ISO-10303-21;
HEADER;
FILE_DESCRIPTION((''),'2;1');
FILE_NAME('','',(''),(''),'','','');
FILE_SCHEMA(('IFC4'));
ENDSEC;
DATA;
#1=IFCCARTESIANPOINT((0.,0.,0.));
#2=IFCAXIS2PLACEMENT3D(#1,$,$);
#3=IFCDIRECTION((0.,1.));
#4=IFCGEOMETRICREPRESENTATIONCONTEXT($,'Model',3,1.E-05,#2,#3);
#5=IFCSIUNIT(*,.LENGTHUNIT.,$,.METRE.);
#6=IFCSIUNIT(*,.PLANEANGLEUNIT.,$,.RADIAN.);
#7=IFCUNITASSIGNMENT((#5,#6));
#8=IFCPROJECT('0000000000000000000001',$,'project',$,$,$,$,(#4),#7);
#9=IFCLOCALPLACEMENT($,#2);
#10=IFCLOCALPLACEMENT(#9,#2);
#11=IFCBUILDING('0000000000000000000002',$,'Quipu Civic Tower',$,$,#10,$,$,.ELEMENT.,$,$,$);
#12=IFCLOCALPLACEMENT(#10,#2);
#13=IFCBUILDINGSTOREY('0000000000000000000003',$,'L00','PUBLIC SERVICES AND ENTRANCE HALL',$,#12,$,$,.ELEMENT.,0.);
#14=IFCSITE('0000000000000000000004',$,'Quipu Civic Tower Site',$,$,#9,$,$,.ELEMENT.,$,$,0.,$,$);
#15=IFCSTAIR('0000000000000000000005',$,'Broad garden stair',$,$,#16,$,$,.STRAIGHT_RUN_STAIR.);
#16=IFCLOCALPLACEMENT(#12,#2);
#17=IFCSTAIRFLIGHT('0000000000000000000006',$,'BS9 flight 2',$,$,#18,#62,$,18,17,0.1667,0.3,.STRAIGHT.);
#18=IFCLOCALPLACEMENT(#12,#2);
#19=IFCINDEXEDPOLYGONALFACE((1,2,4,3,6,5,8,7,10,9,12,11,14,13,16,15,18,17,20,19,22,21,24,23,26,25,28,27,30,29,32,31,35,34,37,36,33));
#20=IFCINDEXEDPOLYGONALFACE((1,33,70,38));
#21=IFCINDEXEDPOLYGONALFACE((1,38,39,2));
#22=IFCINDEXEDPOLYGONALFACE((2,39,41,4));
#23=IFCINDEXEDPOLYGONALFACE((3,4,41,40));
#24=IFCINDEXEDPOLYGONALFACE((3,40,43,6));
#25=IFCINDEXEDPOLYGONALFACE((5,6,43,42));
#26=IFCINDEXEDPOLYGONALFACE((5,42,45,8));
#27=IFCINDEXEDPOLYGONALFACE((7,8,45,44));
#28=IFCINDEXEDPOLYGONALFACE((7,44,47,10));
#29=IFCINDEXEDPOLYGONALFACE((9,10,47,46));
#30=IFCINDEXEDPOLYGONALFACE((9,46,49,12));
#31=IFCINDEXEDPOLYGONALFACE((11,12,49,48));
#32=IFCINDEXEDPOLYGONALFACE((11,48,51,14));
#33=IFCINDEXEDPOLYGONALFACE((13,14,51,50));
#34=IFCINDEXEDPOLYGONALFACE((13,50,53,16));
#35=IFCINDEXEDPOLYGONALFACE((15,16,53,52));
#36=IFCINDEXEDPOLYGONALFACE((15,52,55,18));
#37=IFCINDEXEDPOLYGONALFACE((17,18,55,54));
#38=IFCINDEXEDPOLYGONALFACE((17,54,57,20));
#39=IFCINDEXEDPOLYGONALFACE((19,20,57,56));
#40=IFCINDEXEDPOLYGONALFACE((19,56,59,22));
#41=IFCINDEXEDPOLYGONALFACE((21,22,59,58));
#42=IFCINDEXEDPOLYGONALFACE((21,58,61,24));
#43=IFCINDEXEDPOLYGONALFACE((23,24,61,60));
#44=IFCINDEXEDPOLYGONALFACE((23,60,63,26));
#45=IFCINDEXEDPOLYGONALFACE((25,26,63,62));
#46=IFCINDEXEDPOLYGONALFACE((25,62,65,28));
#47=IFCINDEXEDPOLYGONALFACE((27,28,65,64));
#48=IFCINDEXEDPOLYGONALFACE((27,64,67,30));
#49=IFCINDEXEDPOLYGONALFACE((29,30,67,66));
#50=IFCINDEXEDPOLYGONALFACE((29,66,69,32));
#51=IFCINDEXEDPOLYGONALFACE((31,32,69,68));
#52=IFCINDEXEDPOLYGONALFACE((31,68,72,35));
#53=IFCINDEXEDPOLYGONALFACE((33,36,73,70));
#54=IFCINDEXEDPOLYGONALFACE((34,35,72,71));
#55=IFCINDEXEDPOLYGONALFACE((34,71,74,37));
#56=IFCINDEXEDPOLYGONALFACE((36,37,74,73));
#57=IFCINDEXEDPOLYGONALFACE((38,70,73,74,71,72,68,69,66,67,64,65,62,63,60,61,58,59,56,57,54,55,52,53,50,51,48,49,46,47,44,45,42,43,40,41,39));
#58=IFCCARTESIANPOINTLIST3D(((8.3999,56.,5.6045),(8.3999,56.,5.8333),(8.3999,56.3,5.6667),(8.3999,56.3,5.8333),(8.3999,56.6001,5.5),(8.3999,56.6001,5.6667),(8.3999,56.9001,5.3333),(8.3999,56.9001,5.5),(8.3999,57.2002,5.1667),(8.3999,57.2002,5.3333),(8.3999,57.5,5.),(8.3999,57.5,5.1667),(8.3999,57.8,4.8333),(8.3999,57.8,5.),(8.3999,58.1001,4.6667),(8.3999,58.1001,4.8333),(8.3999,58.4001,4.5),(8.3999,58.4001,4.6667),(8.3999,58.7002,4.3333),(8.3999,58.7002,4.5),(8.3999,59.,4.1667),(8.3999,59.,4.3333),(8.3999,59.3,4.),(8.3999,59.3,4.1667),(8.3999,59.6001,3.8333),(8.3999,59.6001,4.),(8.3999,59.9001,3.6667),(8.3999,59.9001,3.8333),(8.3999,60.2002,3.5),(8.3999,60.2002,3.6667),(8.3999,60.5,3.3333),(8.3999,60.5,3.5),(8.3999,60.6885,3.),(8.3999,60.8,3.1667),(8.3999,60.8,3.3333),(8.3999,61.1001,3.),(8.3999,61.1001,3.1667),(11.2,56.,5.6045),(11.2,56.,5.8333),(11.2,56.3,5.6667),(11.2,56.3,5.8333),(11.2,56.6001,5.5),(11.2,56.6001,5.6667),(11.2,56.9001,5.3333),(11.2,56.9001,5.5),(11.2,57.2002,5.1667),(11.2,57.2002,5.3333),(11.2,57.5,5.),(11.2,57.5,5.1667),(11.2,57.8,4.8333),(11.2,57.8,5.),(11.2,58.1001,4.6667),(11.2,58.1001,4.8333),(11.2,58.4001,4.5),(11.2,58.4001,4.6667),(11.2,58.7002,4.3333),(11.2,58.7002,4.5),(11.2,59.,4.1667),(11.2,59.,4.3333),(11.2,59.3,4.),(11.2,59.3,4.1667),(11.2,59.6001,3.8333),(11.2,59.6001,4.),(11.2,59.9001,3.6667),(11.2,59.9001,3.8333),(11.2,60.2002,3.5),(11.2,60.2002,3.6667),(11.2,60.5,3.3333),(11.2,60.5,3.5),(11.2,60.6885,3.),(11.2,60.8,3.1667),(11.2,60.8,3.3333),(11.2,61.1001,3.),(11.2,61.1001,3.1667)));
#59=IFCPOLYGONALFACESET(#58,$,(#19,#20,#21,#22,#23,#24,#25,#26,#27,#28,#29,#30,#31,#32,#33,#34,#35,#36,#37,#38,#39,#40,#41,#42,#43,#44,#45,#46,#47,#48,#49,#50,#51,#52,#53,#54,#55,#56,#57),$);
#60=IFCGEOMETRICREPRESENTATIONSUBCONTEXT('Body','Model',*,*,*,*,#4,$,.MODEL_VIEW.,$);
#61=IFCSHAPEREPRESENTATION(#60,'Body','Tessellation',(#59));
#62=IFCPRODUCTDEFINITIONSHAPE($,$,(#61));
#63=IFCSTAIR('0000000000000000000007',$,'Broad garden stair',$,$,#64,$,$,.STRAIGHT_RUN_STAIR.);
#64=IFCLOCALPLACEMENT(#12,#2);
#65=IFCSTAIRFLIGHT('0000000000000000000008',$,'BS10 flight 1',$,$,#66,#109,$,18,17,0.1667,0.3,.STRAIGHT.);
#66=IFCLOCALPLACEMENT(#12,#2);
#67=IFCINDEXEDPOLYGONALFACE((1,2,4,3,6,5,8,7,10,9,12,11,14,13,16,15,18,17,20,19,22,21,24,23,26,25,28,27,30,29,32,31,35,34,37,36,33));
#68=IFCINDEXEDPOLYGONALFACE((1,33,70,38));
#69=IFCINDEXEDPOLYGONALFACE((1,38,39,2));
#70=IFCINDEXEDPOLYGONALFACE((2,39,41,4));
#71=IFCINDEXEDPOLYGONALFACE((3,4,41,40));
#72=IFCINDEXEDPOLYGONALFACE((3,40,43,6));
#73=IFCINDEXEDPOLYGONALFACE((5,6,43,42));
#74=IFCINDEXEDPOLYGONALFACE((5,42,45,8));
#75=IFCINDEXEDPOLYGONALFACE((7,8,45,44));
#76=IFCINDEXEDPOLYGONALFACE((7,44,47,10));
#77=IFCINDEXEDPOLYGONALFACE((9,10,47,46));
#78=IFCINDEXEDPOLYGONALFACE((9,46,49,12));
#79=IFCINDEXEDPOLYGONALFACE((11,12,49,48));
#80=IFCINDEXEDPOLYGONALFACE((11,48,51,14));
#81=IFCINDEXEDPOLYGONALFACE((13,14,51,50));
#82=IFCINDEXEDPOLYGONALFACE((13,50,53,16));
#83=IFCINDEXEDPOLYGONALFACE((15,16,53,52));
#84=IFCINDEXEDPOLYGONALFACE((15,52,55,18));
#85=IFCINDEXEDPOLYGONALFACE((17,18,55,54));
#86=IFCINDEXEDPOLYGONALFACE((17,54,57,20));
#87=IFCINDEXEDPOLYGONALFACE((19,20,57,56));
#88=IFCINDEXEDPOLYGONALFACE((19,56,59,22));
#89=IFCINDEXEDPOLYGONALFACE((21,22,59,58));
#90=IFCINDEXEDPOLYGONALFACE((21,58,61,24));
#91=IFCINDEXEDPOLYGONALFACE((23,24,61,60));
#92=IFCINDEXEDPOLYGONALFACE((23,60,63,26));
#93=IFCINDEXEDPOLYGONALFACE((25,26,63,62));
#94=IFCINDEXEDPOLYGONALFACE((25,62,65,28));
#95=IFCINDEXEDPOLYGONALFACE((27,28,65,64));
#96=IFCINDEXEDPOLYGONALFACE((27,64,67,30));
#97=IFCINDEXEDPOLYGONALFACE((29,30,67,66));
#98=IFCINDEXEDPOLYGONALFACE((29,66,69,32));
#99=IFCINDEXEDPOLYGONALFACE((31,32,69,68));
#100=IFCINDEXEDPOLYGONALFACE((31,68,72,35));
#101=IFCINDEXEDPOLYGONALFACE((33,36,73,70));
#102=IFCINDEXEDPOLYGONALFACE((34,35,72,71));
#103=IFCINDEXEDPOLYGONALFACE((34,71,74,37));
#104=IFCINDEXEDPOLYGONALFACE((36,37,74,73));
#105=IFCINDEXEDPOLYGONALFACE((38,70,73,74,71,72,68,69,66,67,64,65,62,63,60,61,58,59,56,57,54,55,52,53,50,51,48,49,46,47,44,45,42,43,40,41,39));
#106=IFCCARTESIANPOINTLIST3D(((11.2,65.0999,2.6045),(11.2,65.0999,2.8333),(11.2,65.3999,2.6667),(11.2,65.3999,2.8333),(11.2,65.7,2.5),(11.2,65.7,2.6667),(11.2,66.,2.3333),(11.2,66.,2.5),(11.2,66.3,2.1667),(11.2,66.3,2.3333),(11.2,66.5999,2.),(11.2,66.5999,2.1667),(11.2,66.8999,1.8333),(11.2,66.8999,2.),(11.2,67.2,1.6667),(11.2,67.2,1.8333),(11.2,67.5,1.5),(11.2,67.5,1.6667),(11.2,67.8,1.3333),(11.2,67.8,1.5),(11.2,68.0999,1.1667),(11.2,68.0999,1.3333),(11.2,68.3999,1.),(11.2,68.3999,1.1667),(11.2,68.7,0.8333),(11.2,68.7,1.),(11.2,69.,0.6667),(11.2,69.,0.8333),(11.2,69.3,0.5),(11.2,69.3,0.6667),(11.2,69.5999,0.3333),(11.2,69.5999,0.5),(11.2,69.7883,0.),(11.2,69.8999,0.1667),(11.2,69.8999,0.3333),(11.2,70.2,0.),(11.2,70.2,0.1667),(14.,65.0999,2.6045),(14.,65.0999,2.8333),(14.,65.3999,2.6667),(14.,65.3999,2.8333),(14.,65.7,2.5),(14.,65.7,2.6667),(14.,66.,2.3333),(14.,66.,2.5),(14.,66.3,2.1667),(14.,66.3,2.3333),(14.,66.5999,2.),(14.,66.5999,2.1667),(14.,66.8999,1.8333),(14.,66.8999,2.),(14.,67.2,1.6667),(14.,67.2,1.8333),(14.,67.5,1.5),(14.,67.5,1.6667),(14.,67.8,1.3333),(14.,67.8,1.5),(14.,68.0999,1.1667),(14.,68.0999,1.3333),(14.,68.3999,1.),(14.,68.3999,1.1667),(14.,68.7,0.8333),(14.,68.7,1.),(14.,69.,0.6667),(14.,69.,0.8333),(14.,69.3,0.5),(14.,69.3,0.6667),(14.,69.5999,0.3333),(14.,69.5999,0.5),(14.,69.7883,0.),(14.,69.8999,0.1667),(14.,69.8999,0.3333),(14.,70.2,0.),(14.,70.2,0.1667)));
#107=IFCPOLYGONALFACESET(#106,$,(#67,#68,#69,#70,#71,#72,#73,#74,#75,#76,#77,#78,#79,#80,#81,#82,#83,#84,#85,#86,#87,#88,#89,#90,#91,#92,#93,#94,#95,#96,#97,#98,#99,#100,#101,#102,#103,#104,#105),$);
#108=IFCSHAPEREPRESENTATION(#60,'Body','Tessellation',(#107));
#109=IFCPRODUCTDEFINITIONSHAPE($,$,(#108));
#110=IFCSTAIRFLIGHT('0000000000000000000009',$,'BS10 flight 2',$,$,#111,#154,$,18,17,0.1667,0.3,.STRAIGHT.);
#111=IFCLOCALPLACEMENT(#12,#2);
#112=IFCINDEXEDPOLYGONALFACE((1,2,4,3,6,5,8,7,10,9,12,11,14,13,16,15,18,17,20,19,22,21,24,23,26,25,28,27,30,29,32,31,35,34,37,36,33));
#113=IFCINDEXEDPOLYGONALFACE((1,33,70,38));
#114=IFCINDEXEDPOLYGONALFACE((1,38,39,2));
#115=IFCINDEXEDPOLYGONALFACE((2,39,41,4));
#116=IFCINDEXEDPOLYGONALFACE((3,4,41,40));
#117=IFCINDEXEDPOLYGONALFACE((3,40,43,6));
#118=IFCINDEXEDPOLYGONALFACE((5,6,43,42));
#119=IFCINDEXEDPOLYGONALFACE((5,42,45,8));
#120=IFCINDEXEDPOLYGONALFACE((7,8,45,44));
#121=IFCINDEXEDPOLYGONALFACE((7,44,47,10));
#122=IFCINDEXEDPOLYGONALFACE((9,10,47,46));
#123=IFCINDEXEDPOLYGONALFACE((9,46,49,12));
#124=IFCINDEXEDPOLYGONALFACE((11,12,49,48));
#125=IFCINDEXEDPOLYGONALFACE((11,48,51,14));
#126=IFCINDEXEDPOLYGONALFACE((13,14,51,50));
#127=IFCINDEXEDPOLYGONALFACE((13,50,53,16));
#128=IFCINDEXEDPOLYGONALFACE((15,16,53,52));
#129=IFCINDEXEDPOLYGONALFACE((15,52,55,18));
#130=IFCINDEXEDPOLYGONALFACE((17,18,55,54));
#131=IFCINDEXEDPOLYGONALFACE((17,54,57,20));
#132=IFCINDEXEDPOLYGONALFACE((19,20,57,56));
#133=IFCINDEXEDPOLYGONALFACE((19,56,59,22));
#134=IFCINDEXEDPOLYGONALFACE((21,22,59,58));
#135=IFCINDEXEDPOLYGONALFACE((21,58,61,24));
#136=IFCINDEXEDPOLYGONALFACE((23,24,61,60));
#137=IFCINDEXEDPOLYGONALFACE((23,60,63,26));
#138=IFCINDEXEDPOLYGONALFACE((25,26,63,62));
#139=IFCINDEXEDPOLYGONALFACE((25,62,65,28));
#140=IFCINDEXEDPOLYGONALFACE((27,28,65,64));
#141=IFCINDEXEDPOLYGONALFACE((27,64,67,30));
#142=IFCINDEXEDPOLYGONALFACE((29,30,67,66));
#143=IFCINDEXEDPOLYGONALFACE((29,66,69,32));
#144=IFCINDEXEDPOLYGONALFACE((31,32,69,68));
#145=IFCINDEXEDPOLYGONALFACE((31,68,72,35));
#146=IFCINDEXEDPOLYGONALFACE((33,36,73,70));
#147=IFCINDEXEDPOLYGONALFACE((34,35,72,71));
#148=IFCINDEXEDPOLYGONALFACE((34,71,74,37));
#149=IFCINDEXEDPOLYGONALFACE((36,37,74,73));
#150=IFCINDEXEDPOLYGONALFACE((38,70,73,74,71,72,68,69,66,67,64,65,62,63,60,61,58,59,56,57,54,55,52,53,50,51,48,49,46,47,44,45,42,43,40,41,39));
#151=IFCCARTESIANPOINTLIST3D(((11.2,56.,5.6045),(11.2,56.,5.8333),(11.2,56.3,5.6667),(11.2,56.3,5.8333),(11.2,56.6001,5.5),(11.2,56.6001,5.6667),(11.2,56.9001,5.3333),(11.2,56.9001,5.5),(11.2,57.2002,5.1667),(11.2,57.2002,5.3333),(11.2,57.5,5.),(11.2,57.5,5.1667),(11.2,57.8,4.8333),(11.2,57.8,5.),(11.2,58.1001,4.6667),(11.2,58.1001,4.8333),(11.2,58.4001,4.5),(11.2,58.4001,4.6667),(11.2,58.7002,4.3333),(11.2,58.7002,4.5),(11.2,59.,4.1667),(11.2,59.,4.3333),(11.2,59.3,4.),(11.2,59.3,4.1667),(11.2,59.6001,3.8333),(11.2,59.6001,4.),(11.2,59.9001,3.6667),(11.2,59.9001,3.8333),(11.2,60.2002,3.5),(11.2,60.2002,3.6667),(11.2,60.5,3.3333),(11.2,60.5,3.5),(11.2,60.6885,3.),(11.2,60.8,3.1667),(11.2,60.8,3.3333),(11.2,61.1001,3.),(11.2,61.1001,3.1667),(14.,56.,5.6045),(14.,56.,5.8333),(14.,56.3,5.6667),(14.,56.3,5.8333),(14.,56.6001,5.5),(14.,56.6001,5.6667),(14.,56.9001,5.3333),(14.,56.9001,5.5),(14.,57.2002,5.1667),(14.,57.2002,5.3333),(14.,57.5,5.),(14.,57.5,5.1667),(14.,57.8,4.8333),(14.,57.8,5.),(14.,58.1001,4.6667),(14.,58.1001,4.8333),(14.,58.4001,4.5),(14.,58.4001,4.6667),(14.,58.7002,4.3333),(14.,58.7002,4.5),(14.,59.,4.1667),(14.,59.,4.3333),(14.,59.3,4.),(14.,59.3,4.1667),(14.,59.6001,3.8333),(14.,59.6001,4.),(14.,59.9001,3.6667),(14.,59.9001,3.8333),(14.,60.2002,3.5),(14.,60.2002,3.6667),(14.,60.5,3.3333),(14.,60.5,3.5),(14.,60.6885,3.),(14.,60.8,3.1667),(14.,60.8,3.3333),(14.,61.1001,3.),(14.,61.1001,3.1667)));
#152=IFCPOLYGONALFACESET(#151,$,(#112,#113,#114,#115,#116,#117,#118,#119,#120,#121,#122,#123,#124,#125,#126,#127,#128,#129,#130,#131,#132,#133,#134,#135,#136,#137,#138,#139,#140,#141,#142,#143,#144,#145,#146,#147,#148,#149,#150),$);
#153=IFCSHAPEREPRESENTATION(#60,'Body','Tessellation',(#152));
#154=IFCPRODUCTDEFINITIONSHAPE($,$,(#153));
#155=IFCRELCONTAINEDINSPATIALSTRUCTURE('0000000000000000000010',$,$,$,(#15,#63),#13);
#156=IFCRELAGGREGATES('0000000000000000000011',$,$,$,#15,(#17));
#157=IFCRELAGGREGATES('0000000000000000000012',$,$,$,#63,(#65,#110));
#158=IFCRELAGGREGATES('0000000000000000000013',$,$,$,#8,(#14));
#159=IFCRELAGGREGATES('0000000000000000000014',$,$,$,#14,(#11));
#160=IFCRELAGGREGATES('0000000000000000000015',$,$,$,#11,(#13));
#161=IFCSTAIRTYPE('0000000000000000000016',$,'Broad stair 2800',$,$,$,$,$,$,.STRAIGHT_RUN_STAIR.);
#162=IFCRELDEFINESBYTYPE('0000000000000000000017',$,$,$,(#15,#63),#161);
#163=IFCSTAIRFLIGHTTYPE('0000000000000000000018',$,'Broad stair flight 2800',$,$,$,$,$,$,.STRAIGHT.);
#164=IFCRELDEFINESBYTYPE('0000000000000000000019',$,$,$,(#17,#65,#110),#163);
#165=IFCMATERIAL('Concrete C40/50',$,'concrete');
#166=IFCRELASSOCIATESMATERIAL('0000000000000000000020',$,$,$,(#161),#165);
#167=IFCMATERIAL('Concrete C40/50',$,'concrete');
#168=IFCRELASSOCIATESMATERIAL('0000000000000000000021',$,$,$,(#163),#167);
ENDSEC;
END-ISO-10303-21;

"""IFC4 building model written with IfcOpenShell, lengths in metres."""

from ifc_helpers import new_model, si_unit, direction, frame, origin, place, context, subcontext, project, spatial, polyline, outline, extrude, material, type_object, element, aggregate, save


model = new_model("IFC4")

# Units and contexts
model_context = context("Model", 3, precision=1e-05, world=origin(), true_north=direction((0.0, 1.0)))
body_context = subcontext(model_context, "Body", "Model", "MODEL_VIEW")
ifc_project = project(units=[si_unit("LENGTHUNIT", "METRE"), si_unit("PLANEANGLEUNIT", "RADIAN")], contexts=[model_context])

# Site, building, storey
site_placement = place(None, origin())
site = spatial("IfcSite", under=ifc_project, at=site_placement, Name="Quipu Civic Tower Site", CompositionType="ELEMENT", RefElevation=0.0)
building_placement = place(site_placement, origin())
building = spatial("IfcBuilding", under=site, at=building_placement, Name="Quipu Civic Tower", CompositionType="ELEMENT")
storey_placement = place(building_placement, origin())
storey = spatial("IfcBuildingStorey", under=building, at=storey_placement, Name="L00", Description="PUBLIC SERVICES AND ENTRANCE HALL", CompositionType="ELEMENT", Elevation=0.0)

# Stairs, stair flights
ifc_material_1 = material(Name="Concrete C40/50", Category="concrete")
stair_type = type_object("IfcStairType", Name="Broad stair 2800", PredefinedType="STRAIGHT_RUN_STAIR", material=ifc_material_1)
ifc_material_2 = material(Name="Concrete C40/50", Category="concrete")
stair_flight_type = type_object("IfcStairFlightType", Name="Broad stair flight 2800", PredefinedType="STRAIGHT", material=ifc_material_2)
stair_1_placement = place(storey_placement, origin())
stair_1 = element("IfcStair", 1, at=stair_1_placement, inside=storey, type_object=stair_type, Name="Broad garden stair", PredefinedType="STRAIGHT_RUN_STAIR")
stair_flight_1_placement = place(storey_placement, frame((9.8, 61.1001, 3.0), z_axis=(0.0, 0.0, 1.0), x_axis=(0.0, -1.0, 0.0)))
stair_flight_1 = element("IfcStairFlight", 2, at=stair_flight_1_placement, type_object=stair_flight_type, Name="BS9 flight 2", NumberOfRisers=18, NumberOfTreads=17, PredefinedType="STRAIGHT", RiserHeight=0.1667, TreadLength=0.3, context=body_context, shape_type="SweptSolid", body=[
    extrude(outline(polyline([(0.0, 0.0), (0.0, 0.1667), (0.3, 0.1667), (0.3, 0.3333), (0.6001, 0.3333), (0.6001, 0.5), (0.8999, 0.5), (0.8999, 0.6667), (1.2, 0.6667), (1.2, 0.8333), (1.5, 0.8333), (1.5, 1.0), (1.8, 1.0), (1.8, 1.1667), (2.1001, 1.1667), (2.1001, 1.3333), (2.3999, 1.3333), (2.3999, 1.5), (2.7, 1.5), (2.7, 1.6667), (3.0, 1.6667), (3.0, 1.8333), (3.3, 1.8333), (3.3, 2.0), (3.6001, 2.0), (3.6001, 2.1667), (3.8999, 2.1667), (3.8999, 2.3333), (4.2, 2.3333), (4.2, 2.5), (4.5, 2.5), (4.5, 2.6667), (4.8, 2.6667), (4.8, 2.8333), (5.1001, 2.8333), (5.1001, 3.0), (5.1001, 2.6045), (0.4116, 0.0), (0.0, 0.0)])), frame((0.0, 1.3999, 0.0), z_axis=(0.0, -1.0, 0.0), x_axis=(1.0, 0.0, 0.0)), (0.0, 0.0, 1.0), 2.8),
])
aggregate(stair_1, [stair_flight_1])
stair_2_placement = place(storey_placement, origin())
stair_2 = element("IfcStair", 3, at=stair_2_placement, inside=storey, type_object=stair_type, Name="Broad garden stair", PredefinedType="STRAIGHT_RUN_STAIR")
stair_flight_2_placement = place(storey_placement, frame((12.6001, 70.2, 0.0), z_axis=(0.0, 0.0, 1.0), x_axis=(0.0, -1.0, 0.0)))
stair_flight_2 = element("IfcStairFlight", 4, at=stair_flight_2_placement, type_object=stair_flight_type, Name="BS10 flight 1", NumberOfRisers=18, NumberOfTreads=17, PredefinedType="STRAIGHT", RiserHeight=0.1667, TreadLength=0.3, context=body_context, shape_type="SweptSolid", body=[
    extrude(outline(polyline([(0.0, 0.0), (0.0, 0.1667), (0.3, 0.1667), (0.3, 0.3333), (0.6001, 0.3333), (0.6001, 0.5), (0.8999, 0.5), (0.8999, 0.6667), (1.2, 0.6667), (1.2, 0.8333), (1.5, 0.8333), (1.5, 1.0), (1.8, 1.0), (1.8, 1.1667), (2.1001, 1.1667), (2.1001, 1.3333), (2.3999, 1.3333), (2.3999, 1.5), (2.7, 1.5), (2.7, 1.6667), (3.0, 1.6667), (3.0, 1.8333), (3.3, 1.8333), (3.3, 2.0), (3.6001, 2.0), (3.6001, 2.1667), (3.8999, 2.1667), (3.8999, 2.3333), (4.2, 2.3333), (4.2, 2.5), (4.5, 2.5), (4.5, 2.6667), (4.8, 2.6667), (4.8, 2.8333), (5.1001, 2.8333), (5.1001, 3.0), (5.1001, 2.6045), (0.4116, 0.0), (0.0, 0.0)])), frame((0.0, 1.3999, 0.0), z_axis=(0.0, -1.0, 0.0), x_axis=(1.0, 0.0, 0.0)), (0.0, 0.0, 1.0), 2.8),
])
stair_flight_3_placement = place(storey_placement, frame((12.6001, 61.1001, 3.0), z_axis=(0.0, 0.0, 1.0), x_axis=(0.0, -1.0, 0.0)))
stair_flight_3 = element("IfcStairFlight", 5, at=stair_flight_3_placement, type_object=stair_flight_type, Name="BS10 flight 2", NumberOfRisers=18, NumberOfTreads=17, PredefinedType="STRAIGHT", RiserHeight=0.1667, TreadLength=0.3, context=body_context, shape_type="SweptSolid", body=[
    extrude(outline(polyline([(0.0, 0.0), (0.0, 0.1667), (0.3, 0.1667), (0.3, 0.3333), (0.6001, 0.3333), (0.6001, 0.5), (0.8999, 0.5), (0.8999, 0.6667), (1.2, 0.6667), (1.2, 0.8333), (1.5, 0.8333), (1.5, 1.0), (1.8, 1.0), (1.8, 1.1667), (2.1001, 1.1667), (2.1001, 1.3333), (2.3999, 1.3333), (2.3999, 1.5), (2.7, 1.5), (2.7, 1.6667), (3.0, 1.6667), (3.0, 1.8333), (3.3, 1.8333), (3.3, 2.0), (3.6001, 2.0), (3.6001, 2.1667), (3.8999, 2.1667), (3.8999, 2.3333), (4.2, 2.3333), (4.2, 2.5), (4.5, 2.5), (4.5, 2.6667), (4.8, 2.6667), (4.8, 2.8333), (5.1001, 2.8333), (5.1001, 3.0), (5.1001, 2.6045), (0.4116, 0.0), (0.0, 0.0)])), frame((0.0, 1.3999, 0.0), z_axis=(0.0, -1.0, 0.0), x_axis=(1.0, 0.0, 0.0)), (0.0, 0.0, 1.0), 2.8),
])
aggregate(stair_2, [stair_flight_2, stair_flight_3])

save(model, "model.ifc")
